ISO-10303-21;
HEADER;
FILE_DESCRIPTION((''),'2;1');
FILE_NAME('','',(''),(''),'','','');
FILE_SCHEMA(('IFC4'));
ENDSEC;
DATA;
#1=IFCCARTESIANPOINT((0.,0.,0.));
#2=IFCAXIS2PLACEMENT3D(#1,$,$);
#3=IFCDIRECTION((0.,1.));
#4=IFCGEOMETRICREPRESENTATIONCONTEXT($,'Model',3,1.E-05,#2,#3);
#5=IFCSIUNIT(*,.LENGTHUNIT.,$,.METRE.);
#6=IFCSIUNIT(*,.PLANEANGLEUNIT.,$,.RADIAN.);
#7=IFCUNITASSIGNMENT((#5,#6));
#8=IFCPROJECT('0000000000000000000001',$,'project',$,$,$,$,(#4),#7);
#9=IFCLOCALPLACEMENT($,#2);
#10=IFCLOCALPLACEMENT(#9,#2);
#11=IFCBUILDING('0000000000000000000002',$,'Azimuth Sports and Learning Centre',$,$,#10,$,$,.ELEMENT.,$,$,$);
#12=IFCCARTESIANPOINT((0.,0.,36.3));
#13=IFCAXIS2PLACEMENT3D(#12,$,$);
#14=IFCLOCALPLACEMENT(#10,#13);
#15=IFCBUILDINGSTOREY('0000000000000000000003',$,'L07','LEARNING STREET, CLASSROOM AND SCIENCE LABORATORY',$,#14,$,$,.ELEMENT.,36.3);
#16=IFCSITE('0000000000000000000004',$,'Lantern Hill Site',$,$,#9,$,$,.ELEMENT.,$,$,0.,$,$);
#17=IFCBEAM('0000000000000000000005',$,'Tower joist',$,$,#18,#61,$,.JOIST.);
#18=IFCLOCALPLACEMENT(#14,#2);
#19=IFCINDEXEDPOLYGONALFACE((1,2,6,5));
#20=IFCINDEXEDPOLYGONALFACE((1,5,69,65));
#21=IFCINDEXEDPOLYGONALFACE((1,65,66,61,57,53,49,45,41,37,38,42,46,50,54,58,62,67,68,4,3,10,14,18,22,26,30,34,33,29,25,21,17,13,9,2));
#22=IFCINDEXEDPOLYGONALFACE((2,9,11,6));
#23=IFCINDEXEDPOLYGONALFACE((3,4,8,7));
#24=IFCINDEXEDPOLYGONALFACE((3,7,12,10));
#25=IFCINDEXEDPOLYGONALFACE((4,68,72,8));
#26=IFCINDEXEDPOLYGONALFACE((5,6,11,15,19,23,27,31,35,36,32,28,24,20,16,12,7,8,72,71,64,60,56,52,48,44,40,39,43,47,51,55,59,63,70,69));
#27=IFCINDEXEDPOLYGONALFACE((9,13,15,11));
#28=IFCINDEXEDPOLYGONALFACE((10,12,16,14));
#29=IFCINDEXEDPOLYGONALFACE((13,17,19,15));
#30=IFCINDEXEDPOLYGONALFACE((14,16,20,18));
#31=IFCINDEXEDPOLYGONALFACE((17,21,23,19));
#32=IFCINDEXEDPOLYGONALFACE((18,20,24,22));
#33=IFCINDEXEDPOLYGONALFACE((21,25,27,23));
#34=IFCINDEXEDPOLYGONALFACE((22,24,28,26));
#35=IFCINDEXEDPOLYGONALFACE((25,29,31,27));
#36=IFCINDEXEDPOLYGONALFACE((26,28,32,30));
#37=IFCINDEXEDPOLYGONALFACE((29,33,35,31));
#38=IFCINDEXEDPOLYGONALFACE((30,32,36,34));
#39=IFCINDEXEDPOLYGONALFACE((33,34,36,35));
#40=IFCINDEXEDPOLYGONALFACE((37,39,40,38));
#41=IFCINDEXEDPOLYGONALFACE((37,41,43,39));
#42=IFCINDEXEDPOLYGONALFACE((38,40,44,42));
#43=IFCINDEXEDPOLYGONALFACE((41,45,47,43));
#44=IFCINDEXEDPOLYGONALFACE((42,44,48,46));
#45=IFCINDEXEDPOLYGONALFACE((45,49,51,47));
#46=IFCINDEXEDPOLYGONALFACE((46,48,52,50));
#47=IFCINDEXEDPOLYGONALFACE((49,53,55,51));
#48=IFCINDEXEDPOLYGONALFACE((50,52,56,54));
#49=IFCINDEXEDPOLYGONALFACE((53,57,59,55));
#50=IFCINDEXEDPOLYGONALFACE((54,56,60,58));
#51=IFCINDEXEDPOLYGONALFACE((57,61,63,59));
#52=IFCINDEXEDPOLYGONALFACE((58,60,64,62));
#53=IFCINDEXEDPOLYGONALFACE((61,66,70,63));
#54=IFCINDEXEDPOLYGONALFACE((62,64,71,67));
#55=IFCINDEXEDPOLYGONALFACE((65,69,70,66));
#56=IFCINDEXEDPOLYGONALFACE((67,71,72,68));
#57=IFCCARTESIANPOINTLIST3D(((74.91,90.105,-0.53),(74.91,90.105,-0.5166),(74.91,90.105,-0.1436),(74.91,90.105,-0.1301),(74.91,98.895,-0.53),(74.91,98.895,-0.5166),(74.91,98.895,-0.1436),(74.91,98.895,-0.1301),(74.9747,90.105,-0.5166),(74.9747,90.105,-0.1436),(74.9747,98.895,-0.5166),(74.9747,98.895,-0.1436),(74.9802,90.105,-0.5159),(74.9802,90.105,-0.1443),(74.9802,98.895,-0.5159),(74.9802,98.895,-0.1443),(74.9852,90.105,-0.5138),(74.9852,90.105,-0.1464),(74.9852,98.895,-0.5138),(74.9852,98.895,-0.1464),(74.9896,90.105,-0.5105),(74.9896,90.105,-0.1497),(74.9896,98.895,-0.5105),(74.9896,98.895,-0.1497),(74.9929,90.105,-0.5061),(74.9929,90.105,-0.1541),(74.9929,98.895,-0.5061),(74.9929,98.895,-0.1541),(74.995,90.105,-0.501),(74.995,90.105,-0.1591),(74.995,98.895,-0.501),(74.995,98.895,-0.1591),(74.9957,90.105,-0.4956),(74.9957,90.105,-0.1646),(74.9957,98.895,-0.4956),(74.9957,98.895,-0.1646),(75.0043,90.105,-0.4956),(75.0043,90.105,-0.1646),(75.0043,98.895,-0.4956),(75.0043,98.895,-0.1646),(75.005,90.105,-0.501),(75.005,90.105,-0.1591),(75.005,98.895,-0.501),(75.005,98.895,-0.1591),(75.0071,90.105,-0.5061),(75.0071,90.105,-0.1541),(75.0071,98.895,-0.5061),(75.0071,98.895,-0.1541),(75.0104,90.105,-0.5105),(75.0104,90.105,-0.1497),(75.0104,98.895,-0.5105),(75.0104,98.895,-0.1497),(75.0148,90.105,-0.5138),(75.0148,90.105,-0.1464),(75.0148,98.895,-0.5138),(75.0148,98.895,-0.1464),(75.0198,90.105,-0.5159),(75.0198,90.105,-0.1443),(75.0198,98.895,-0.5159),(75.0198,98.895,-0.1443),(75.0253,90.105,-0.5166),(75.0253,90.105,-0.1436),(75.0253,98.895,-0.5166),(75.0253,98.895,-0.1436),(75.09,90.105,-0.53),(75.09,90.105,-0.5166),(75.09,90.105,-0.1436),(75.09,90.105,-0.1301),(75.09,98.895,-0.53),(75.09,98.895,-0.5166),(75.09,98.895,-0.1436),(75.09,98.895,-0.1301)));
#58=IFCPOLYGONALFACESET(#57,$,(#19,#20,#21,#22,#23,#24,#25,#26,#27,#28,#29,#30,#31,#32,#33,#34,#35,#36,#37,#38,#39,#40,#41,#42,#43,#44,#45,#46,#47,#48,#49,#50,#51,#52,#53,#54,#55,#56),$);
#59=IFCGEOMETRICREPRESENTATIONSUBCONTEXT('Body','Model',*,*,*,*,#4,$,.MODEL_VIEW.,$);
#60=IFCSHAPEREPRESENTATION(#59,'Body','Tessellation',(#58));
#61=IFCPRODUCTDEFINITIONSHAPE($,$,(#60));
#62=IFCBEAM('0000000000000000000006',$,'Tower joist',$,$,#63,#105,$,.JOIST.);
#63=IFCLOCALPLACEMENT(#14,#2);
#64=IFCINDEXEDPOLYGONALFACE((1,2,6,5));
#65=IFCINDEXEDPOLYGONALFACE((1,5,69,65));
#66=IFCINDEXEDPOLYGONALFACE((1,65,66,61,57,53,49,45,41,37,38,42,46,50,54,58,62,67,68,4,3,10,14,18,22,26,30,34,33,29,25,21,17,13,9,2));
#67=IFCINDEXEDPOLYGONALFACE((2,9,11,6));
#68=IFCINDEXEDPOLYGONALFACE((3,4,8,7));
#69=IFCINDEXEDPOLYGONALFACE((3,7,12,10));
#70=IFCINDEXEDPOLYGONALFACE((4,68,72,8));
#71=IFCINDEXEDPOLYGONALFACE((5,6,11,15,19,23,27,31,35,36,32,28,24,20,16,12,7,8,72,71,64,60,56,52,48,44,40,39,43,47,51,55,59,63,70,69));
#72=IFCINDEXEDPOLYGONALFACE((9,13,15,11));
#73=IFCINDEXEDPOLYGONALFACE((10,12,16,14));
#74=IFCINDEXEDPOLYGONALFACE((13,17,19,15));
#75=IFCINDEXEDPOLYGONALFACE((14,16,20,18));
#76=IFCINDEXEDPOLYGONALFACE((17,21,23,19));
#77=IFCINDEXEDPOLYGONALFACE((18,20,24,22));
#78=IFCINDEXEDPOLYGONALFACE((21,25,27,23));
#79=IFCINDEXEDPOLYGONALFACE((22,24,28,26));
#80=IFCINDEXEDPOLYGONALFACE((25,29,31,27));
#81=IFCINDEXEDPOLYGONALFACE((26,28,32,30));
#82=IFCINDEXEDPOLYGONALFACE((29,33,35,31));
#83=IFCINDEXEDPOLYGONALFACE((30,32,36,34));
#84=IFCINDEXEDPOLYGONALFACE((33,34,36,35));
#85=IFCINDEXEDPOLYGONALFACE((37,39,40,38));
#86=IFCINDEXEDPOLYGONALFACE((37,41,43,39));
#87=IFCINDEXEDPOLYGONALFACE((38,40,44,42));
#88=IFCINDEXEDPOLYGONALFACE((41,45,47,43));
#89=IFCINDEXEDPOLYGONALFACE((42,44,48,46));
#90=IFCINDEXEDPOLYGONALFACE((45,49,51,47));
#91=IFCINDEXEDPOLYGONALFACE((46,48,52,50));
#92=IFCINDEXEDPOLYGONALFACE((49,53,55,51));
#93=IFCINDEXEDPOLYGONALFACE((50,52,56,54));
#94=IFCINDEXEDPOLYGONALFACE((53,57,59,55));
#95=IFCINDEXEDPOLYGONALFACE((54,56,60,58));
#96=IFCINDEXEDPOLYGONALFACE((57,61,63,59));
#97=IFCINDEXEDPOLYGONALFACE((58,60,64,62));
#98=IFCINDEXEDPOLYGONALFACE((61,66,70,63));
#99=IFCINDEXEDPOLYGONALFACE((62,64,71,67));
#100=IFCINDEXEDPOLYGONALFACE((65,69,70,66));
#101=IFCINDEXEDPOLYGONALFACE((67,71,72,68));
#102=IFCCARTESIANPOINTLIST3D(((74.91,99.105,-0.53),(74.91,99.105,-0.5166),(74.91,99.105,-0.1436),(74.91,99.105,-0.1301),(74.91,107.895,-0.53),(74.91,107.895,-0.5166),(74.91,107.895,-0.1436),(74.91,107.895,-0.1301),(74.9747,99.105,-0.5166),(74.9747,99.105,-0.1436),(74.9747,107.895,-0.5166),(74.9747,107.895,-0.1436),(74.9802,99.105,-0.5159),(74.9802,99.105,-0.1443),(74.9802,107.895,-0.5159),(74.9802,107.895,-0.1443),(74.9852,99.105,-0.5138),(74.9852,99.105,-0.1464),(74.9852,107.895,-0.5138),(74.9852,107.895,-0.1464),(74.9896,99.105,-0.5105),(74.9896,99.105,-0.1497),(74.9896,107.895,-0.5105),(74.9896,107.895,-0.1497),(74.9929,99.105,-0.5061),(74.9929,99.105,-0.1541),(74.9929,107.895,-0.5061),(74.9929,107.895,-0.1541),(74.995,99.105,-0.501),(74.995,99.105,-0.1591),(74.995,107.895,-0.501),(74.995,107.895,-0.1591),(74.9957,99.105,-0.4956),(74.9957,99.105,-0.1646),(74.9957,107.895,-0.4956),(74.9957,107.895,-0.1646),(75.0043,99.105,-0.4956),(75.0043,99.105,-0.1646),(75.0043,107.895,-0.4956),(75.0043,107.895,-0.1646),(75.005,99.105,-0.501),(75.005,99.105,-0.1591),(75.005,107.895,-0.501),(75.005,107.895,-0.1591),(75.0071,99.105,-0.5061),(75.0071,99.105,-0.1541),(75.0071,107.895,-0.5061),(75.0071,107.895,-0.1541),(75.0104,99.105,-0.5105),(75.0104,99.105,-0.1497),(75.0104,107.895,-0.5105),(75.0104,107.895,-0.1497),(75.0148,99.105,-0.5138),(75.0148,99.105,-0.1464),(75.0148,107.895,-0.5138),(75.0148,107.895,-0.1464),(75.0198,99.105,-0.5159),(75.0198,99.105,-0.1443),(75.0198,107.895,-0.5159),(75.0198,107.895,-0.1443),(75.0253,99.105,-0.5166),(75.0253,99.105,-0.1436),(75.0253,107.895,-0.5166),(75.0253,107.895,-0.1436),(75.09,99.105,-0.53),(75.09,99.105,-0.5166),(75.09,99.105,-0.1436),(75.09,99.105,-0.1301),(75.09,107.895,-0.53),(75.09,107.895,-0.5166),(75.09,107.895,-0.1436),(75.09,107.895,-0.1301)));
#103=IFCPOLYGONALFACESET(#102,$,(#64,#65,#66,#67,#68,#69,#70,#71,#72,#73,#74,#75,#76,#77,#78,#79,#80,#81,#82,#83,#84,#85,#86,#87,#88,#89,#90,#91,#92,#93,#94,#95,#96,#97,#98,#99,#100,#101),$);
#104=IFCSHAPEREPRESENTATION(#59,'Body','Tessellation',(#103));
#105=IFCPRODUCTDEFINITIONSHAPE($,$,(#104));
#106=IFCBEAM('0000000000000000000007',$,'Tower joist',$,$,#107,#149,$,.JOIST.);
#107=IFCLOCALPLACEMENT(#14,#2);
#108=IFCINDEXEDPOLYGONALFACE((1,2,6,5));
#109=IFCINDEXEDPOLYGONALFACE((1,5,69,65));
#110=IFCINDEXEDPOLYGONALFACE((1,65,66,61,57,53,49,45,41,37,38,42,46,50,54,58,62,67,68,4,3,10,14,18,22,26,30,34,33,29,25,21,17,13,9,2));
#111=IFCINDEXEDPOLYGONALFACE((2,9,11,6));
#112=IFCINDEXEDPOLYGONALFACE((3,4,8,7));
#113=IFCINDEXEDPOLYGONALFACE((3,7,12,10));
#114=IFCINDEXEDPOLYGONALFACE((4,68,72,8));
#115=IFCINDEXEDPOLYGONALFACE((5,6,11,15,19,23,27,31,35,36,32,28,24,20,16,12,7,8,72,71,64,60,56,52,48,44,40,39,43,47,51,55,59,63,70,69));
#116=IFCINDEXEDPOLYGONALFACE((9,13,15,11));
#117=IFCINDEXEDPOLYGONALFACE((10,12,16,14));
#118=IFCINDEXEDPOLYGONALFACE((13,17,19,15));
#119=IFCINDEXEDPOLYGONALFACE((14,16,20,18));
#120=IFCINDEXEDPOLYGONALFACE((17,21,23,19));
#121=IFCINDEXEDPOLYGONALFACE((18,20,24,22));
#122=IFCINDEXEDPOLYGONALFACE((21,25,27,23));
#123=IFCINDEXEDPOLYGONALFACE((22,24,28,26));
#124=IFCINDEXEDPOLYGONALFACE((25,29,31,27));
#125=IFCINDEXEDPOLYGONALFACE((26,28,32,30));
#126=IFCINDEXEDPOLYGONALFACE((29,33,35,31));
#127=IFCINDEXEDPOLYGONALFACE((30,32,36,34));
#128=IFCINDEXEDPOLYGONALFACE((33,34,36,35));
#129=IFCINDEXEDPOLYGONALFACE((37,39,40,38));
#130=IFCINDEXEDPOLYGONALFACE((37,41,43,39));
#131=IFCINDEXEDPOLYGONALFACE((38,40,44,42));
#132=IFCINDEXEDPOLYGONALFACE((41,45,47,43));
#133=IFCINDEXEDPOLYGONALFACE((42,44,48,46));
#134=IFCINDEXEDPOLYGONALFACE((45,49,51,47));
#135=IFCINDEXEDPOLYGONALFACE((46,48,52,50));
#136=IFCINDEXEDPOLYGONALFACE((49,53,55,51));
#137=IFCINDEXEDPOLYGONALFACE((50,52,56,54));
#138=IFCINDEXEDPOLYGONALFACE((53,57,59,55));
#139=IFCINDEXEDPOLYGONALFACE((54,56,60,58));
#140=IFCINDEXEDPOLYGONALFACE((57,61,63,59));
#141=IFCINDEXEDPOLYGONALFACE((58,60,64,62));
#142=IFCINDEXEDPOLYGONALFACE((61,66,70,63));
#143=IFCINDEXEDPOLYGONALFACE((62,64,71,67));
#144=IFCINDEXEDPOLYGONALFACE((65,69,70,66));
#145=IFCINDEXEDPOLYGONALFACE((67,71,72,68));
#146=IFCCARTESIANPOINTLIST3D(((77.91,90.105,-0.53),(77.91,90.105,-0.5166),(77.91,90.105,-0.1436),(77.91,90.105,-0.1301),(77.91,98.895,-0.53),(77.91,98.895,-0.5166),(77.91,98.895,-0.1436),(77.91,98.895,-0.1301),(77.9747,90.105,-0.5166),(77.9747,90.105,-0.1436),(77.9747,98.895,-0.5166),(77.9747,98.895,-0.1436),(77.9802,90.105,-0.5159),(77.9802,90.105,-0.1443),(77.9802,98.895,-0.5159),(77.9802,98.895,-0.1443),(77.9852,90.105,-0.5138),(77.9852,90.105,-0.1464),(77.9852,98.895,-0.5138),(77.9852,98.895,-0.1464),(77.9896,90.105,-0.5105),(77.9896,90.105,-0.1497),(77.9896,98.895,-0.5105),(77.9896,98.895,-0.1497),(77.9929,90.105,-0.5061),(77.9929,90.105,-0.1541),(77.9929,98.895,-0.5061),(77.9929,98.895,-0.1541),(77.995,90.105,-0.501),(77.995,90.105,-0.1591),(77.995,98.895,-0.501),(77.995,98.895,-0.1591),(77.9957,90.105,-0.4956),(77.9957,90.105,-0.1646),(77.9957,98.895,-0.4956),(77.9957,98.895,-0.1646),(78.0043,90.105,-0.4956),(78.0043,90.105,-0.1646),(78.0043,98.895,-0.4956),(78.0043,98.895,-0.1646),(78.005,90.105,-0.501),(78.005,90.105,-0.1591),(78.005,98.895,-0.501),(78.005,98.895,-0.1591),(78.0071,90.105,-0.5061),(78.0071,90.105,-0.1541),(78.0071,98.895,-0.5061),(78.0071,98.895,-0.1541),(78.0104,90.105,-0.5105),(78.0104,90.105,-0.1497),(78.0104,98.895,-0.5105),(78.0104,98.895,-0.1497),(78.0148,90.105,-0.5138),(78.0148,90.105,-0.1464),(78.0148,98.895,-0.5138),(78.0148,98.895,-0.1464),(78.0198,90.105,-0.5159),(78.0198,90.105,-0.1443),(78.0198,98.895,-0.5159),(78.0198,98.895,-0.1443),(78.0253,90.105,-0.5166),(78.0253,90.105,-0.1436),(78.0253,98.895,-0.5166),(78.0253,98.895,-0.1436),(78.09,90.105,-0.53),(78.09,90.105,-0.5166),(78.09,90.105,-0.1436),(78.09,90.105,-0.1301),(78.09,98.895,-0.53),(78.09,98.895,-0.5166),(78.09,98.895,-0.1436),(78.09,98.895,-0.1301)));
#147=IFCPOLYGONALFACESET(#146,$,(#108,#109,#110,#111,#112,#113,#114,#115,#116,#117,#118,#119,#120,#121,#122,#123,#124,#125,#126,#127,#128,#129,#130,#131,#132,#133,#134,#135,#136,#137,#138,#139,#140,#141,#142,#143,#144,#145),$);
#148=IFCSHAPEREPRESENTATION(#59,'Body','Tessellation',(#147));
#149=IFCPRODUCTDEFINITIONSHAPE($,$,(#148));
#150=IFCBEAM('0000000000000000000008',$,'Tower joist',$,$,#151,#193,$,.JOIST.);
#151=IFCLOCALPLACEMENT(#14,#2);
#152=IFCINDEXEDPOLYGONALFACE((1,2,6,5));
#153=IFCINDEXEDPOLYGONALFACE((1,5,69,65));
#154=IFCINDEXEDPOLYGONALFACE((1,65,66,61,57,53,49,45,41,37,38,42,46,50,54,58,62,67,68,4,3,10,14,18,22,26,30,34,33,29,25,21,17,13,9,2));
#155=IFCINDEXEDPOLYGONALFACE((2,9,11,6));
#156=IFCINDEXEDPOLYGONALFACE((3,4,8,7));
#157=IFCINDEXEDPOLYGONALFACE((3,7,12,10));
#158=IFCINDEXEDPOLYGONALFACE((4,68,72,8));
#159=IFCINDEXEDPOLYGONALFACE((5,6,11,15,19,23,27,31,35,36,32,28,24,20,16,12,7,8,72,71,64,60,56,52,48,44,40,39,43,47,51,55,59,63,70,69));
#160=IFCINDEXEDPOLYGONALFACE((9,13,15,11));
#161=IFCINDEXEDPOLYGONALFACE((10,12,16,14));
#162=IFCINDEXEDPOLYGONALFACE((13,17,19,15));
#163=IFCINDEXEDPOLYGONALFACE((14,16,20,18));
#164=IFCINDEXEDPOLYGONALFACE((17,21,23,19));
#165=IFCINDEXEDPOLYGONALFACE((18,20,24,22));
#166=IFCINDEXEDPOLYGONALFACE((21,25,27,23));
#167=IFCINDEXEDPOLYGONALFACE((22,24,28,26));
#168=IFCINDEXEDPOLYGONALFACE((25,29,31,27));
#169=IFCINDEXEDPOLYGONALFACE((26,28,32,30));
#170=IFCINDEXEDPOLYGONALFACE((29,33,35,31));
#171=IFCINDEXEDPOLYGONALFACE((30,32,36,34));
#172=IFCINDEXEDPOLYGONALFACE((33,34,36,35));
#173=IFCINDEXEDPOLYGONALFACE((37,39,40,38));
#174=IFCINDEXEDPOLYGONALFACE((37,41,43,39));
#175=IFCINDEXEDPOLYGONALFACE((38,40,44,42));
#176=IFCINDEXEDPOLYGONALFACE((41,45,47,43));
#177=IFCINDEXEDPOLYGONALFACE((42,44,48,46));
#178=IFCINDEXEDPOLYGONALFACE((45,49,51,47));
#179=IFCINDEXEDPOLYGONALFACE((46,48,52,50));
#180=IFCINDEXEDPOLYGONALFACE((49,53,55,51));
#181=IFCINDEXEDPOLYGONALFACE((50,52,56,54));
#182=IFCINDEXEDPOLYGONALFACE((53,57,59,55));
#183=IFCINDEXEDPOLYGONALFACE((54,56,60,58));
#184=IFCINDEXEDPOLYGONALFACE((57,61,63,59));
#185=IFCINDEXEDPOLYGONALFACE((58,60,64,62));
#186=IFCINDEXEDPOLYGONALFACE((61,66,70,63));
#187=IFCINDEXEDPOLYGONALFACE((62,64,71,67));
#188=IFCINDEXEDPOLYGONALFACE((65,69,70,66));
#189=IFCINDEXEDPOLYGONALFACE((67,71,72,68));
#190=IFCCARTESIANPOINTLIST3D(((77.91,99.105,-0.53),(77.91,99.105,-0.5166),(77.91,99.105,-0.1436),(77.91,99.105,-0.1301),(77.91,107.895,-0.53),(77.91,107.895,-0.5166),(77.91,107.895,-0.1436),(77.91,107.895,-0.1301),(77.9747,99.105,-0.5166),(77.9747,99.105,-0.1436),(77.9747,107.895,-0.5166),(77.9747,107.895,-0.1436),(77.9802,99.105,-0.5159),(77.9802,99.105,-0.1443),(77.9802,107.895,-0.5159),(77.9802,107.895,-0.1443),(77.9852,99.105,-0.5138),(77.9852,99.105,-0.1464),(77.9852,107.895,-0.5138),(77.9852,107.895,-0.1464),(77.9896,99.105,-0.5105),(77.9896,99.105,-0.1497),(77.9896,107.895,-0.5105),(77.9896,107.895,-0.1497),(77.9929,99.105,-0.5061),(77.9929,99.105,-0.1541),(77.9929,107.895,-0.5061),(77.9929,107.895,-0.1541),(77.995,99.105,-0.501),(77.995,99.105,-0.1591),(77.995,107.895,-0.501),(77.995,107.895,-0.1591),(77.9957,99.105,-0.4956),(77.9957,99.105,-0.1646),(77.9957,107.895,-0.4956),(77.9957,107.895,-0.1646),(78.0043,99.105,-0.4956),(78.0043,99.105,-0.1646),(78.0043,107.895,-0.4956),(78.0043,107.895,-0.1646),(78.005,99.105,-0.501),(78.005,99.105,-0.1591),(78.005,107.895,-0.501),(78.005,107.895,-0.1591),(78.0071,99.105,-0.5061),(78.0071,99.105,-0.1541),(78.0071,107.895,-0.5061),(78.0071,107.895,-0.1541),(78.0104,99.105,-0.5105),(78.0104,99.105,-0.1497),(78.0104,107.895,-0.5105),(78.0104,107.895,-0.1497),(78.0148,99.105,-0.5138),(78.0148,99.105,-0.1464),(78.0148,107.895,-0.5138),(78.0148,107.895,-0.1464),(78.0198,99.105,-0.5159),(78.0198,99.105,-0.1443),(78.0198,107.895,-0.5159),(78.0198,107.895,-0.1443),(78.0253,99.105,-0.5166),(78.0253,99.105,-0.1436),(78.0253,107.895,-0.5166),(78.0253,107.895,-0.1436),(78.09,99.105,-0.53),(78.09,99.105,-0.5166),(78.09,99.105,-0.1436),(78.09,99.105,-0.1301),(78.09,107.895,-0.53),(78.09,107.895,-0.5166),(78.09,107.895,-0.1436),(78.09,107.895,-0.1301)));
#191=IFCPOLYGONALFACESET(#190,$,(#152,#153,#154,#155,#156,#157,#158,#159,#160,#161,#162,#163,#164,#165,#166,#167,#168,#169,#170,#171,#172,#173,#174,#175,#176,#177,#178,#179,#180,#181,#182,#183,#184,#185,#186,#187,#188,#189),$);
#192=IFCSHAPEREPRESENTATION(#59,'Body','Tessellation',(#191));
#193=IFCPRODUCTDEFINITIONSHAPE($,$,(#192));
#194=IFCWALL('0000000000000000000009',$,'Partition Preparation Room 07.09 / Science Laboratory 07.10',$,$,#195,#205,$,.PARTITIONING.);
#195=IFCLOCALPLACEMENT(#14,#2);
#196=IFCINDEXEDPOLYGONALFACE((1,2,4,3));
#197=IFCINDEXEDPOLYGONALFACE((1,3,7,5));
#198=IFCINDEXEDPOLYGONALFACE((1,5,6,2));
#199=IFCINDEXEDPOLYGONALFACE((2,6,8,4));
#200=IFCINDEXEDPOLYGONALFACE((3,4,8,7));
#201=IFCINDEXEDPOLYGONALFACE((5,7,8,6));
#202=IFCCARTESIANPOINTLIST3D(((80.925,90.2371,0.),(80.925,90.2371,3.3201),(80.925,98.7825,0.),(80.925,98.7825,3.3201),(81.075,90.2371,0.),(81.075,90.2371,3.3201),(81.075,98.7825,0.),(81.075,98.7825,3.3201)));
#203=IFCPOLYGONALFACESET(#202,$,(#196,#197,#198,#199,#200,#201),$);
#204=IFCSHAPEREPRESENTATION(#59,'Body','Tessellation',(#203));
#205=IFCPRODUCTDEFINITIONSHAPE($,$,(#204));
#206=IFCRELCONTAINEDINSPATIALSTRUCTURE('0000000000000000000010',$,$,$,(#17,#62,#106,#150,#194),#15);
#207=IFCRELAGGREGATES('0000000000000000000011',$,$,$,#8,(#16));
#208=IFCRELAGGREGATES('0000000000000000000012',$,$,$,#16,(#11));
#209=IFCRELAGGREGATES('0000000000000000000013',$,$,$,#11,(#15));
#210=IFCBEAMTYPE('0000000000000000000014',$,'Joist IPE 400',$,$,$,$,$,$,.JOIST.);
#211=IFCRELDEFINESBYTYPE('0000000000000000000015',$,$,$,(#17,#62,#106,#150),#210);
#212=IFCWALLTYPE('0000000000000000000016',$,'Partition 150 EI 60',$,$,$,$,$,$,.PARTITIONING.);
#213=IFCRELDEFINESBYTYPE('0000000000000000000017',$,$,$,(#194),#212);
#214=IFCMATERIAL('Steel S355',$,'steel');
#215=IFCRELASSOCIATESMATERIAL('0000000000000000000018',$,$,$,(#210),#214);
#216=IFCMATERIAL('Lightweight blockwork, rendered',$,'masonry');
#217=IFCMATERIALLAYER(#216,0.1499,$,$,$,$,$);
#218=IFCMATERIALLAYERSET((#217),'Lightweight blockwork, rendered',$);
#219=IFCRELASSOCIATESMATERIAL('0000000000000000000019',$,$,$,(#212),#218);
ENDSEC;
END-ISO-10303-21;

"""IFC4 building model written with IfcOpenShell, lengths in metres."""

from ifc_helpers import new_model, si_unit, direction, frame, frame_2d, origin, origin_2d, place, context, subcontext, project, spatial, rectangle, i_section, extrude, material, layer, layer_set, material_profile, profile_set, type_object, element, save


model = new_model("IFC4")

# Units and contexts
model_context = context("Model", 3, precision=1e-05, world=origin(), true_north=direction((0.0, 1.0)))
body_context = subcontext(model_context, "Body", "Model", "MODEL_VIEW")
ifc_project = project(units=[si_unit("LENGTHUNIT", "METRE"), si_unit("PLANEANGLEUNIT", "RADIAN")], contexts=[model_context])

# Site, building, storey
site_placement = place(None, origin())
site = spatial("IfcSite", under=ifc_project, at=site_placement, Name="Lantern Hill Site", CompositionType="ELEMENT", RefElevation=0.0)
building_placement = place(site_placement, origin())
building = spatial("IfcBuilding", under=site, at=building_placement, Name="Azimuth Sports and Learning Centre", CompositionType="ELEMENT")
storey_placement = place(building_placement, frame((0.0, 0.0, 36.3)))
storey = spatial("IfcBuildingStorey", under=building, at=storey_placement, Name="L07", Description="LEARNING STREET, CLASSROOM AND SCIENCE LABORATORY", CompositionType="ELEMENT", Elevation=36.3)

# Beams
ifc_material_1 = material(Name="Steel S355", Category="steel")
ifc_material_profile_1 = material_profile(ifc_material_1, i_section(OverallWidth=0.1799, OverallDepth=0.3999, WebThickness=0.0085, FlangeThickness=0.0134, FilletRadius=0.021, at=origin_2d()), Name="IPE 400")
ifc_profile_set_1 = profile_set([ifc_material_profile_1], Name="Steel S355")
beam_type_1 = type_object("IfcBeamType", Name="Joist IPE 400", PredefinedType="JOIST", material=ifc_profile_set_1)
for number, where, z_axis, x_axis, name in (
    (1, (75.0, 90.105, -0.3301), (0.0, 1.0, 0.0), (-1.0, 0.0, 0.0), "Tower joist"),
    (2, (75.0, 99.105, -0.3301), (0.0, 1.0, 0.0), (-1.0, 0.0, 0.0), "Tower joist"),
    (3, (78.0, 90.105, -0.3301), (0.0, 1.0, 0.0), (-1.0, 0.0, 0.0), "Tower joist"),
    (4, (78.0, 99.105, -0.3301), (0.0, 1.0, 0.0), (-1.0, 0.0, 0.0), "Tower joist"),
):
    element("IfcBeam", number, at=place(storey_placement, frame(where, z_axis=z_axis, x_axis=x_axis)), inside=storey, type_object=beam_type_1, Name=name, PredefinedType="JOIST", context=body_context, shape_type="SweptSolid", body=[
        extrude(i_section(OverallWidth=0.1799, OverallDepth=0.3999, WebThickness=0.0085, FlangeThickness=0.0134, FilletRadius=0.021, at=origin_2d()), origin(), (0.0, 0.0, 1.0), 8.79),
    ])

# Shared definitions
ifc_material_2 = material(Name="Lightweight blockwork, rendered", Category="masonry")
ifc_layer = layer(ifc_material_2, 0.1499)
ifc_layer_set = layer_set([ifc_layer], Name="Lightweight blockwork, rendered")
wall_type = type_object("IfcWallType", Name="Partition 150 EI 60", PredefinedType="PARTITIONING", material=ifc_layer_set)

# Wall
wall_1_placement = place(storey_placement, frame((81.0, 90.2371, 0.0), z_axis=(0.0, 0.0, 1.0), x_axis=(0.0, 1.0, 0.0)))
element("IfcWall", 5, at=wall_1_placement, inside=storey, type_object=wall_type, Name="Partition Preparation Room 07.09 / Science Laboratory 07.10", PredefinedType="PARTITIONING", context=body_context, shape_type="SweptSolid", body=[
    extrude(rectangle(XDim=8.5454, YDim=0.1499, at=frame_2d((4.2727, 0.0))), origin(), (0.0, 0.0, 1.0), 3.3201),
])

save(model, "model.ifc")
